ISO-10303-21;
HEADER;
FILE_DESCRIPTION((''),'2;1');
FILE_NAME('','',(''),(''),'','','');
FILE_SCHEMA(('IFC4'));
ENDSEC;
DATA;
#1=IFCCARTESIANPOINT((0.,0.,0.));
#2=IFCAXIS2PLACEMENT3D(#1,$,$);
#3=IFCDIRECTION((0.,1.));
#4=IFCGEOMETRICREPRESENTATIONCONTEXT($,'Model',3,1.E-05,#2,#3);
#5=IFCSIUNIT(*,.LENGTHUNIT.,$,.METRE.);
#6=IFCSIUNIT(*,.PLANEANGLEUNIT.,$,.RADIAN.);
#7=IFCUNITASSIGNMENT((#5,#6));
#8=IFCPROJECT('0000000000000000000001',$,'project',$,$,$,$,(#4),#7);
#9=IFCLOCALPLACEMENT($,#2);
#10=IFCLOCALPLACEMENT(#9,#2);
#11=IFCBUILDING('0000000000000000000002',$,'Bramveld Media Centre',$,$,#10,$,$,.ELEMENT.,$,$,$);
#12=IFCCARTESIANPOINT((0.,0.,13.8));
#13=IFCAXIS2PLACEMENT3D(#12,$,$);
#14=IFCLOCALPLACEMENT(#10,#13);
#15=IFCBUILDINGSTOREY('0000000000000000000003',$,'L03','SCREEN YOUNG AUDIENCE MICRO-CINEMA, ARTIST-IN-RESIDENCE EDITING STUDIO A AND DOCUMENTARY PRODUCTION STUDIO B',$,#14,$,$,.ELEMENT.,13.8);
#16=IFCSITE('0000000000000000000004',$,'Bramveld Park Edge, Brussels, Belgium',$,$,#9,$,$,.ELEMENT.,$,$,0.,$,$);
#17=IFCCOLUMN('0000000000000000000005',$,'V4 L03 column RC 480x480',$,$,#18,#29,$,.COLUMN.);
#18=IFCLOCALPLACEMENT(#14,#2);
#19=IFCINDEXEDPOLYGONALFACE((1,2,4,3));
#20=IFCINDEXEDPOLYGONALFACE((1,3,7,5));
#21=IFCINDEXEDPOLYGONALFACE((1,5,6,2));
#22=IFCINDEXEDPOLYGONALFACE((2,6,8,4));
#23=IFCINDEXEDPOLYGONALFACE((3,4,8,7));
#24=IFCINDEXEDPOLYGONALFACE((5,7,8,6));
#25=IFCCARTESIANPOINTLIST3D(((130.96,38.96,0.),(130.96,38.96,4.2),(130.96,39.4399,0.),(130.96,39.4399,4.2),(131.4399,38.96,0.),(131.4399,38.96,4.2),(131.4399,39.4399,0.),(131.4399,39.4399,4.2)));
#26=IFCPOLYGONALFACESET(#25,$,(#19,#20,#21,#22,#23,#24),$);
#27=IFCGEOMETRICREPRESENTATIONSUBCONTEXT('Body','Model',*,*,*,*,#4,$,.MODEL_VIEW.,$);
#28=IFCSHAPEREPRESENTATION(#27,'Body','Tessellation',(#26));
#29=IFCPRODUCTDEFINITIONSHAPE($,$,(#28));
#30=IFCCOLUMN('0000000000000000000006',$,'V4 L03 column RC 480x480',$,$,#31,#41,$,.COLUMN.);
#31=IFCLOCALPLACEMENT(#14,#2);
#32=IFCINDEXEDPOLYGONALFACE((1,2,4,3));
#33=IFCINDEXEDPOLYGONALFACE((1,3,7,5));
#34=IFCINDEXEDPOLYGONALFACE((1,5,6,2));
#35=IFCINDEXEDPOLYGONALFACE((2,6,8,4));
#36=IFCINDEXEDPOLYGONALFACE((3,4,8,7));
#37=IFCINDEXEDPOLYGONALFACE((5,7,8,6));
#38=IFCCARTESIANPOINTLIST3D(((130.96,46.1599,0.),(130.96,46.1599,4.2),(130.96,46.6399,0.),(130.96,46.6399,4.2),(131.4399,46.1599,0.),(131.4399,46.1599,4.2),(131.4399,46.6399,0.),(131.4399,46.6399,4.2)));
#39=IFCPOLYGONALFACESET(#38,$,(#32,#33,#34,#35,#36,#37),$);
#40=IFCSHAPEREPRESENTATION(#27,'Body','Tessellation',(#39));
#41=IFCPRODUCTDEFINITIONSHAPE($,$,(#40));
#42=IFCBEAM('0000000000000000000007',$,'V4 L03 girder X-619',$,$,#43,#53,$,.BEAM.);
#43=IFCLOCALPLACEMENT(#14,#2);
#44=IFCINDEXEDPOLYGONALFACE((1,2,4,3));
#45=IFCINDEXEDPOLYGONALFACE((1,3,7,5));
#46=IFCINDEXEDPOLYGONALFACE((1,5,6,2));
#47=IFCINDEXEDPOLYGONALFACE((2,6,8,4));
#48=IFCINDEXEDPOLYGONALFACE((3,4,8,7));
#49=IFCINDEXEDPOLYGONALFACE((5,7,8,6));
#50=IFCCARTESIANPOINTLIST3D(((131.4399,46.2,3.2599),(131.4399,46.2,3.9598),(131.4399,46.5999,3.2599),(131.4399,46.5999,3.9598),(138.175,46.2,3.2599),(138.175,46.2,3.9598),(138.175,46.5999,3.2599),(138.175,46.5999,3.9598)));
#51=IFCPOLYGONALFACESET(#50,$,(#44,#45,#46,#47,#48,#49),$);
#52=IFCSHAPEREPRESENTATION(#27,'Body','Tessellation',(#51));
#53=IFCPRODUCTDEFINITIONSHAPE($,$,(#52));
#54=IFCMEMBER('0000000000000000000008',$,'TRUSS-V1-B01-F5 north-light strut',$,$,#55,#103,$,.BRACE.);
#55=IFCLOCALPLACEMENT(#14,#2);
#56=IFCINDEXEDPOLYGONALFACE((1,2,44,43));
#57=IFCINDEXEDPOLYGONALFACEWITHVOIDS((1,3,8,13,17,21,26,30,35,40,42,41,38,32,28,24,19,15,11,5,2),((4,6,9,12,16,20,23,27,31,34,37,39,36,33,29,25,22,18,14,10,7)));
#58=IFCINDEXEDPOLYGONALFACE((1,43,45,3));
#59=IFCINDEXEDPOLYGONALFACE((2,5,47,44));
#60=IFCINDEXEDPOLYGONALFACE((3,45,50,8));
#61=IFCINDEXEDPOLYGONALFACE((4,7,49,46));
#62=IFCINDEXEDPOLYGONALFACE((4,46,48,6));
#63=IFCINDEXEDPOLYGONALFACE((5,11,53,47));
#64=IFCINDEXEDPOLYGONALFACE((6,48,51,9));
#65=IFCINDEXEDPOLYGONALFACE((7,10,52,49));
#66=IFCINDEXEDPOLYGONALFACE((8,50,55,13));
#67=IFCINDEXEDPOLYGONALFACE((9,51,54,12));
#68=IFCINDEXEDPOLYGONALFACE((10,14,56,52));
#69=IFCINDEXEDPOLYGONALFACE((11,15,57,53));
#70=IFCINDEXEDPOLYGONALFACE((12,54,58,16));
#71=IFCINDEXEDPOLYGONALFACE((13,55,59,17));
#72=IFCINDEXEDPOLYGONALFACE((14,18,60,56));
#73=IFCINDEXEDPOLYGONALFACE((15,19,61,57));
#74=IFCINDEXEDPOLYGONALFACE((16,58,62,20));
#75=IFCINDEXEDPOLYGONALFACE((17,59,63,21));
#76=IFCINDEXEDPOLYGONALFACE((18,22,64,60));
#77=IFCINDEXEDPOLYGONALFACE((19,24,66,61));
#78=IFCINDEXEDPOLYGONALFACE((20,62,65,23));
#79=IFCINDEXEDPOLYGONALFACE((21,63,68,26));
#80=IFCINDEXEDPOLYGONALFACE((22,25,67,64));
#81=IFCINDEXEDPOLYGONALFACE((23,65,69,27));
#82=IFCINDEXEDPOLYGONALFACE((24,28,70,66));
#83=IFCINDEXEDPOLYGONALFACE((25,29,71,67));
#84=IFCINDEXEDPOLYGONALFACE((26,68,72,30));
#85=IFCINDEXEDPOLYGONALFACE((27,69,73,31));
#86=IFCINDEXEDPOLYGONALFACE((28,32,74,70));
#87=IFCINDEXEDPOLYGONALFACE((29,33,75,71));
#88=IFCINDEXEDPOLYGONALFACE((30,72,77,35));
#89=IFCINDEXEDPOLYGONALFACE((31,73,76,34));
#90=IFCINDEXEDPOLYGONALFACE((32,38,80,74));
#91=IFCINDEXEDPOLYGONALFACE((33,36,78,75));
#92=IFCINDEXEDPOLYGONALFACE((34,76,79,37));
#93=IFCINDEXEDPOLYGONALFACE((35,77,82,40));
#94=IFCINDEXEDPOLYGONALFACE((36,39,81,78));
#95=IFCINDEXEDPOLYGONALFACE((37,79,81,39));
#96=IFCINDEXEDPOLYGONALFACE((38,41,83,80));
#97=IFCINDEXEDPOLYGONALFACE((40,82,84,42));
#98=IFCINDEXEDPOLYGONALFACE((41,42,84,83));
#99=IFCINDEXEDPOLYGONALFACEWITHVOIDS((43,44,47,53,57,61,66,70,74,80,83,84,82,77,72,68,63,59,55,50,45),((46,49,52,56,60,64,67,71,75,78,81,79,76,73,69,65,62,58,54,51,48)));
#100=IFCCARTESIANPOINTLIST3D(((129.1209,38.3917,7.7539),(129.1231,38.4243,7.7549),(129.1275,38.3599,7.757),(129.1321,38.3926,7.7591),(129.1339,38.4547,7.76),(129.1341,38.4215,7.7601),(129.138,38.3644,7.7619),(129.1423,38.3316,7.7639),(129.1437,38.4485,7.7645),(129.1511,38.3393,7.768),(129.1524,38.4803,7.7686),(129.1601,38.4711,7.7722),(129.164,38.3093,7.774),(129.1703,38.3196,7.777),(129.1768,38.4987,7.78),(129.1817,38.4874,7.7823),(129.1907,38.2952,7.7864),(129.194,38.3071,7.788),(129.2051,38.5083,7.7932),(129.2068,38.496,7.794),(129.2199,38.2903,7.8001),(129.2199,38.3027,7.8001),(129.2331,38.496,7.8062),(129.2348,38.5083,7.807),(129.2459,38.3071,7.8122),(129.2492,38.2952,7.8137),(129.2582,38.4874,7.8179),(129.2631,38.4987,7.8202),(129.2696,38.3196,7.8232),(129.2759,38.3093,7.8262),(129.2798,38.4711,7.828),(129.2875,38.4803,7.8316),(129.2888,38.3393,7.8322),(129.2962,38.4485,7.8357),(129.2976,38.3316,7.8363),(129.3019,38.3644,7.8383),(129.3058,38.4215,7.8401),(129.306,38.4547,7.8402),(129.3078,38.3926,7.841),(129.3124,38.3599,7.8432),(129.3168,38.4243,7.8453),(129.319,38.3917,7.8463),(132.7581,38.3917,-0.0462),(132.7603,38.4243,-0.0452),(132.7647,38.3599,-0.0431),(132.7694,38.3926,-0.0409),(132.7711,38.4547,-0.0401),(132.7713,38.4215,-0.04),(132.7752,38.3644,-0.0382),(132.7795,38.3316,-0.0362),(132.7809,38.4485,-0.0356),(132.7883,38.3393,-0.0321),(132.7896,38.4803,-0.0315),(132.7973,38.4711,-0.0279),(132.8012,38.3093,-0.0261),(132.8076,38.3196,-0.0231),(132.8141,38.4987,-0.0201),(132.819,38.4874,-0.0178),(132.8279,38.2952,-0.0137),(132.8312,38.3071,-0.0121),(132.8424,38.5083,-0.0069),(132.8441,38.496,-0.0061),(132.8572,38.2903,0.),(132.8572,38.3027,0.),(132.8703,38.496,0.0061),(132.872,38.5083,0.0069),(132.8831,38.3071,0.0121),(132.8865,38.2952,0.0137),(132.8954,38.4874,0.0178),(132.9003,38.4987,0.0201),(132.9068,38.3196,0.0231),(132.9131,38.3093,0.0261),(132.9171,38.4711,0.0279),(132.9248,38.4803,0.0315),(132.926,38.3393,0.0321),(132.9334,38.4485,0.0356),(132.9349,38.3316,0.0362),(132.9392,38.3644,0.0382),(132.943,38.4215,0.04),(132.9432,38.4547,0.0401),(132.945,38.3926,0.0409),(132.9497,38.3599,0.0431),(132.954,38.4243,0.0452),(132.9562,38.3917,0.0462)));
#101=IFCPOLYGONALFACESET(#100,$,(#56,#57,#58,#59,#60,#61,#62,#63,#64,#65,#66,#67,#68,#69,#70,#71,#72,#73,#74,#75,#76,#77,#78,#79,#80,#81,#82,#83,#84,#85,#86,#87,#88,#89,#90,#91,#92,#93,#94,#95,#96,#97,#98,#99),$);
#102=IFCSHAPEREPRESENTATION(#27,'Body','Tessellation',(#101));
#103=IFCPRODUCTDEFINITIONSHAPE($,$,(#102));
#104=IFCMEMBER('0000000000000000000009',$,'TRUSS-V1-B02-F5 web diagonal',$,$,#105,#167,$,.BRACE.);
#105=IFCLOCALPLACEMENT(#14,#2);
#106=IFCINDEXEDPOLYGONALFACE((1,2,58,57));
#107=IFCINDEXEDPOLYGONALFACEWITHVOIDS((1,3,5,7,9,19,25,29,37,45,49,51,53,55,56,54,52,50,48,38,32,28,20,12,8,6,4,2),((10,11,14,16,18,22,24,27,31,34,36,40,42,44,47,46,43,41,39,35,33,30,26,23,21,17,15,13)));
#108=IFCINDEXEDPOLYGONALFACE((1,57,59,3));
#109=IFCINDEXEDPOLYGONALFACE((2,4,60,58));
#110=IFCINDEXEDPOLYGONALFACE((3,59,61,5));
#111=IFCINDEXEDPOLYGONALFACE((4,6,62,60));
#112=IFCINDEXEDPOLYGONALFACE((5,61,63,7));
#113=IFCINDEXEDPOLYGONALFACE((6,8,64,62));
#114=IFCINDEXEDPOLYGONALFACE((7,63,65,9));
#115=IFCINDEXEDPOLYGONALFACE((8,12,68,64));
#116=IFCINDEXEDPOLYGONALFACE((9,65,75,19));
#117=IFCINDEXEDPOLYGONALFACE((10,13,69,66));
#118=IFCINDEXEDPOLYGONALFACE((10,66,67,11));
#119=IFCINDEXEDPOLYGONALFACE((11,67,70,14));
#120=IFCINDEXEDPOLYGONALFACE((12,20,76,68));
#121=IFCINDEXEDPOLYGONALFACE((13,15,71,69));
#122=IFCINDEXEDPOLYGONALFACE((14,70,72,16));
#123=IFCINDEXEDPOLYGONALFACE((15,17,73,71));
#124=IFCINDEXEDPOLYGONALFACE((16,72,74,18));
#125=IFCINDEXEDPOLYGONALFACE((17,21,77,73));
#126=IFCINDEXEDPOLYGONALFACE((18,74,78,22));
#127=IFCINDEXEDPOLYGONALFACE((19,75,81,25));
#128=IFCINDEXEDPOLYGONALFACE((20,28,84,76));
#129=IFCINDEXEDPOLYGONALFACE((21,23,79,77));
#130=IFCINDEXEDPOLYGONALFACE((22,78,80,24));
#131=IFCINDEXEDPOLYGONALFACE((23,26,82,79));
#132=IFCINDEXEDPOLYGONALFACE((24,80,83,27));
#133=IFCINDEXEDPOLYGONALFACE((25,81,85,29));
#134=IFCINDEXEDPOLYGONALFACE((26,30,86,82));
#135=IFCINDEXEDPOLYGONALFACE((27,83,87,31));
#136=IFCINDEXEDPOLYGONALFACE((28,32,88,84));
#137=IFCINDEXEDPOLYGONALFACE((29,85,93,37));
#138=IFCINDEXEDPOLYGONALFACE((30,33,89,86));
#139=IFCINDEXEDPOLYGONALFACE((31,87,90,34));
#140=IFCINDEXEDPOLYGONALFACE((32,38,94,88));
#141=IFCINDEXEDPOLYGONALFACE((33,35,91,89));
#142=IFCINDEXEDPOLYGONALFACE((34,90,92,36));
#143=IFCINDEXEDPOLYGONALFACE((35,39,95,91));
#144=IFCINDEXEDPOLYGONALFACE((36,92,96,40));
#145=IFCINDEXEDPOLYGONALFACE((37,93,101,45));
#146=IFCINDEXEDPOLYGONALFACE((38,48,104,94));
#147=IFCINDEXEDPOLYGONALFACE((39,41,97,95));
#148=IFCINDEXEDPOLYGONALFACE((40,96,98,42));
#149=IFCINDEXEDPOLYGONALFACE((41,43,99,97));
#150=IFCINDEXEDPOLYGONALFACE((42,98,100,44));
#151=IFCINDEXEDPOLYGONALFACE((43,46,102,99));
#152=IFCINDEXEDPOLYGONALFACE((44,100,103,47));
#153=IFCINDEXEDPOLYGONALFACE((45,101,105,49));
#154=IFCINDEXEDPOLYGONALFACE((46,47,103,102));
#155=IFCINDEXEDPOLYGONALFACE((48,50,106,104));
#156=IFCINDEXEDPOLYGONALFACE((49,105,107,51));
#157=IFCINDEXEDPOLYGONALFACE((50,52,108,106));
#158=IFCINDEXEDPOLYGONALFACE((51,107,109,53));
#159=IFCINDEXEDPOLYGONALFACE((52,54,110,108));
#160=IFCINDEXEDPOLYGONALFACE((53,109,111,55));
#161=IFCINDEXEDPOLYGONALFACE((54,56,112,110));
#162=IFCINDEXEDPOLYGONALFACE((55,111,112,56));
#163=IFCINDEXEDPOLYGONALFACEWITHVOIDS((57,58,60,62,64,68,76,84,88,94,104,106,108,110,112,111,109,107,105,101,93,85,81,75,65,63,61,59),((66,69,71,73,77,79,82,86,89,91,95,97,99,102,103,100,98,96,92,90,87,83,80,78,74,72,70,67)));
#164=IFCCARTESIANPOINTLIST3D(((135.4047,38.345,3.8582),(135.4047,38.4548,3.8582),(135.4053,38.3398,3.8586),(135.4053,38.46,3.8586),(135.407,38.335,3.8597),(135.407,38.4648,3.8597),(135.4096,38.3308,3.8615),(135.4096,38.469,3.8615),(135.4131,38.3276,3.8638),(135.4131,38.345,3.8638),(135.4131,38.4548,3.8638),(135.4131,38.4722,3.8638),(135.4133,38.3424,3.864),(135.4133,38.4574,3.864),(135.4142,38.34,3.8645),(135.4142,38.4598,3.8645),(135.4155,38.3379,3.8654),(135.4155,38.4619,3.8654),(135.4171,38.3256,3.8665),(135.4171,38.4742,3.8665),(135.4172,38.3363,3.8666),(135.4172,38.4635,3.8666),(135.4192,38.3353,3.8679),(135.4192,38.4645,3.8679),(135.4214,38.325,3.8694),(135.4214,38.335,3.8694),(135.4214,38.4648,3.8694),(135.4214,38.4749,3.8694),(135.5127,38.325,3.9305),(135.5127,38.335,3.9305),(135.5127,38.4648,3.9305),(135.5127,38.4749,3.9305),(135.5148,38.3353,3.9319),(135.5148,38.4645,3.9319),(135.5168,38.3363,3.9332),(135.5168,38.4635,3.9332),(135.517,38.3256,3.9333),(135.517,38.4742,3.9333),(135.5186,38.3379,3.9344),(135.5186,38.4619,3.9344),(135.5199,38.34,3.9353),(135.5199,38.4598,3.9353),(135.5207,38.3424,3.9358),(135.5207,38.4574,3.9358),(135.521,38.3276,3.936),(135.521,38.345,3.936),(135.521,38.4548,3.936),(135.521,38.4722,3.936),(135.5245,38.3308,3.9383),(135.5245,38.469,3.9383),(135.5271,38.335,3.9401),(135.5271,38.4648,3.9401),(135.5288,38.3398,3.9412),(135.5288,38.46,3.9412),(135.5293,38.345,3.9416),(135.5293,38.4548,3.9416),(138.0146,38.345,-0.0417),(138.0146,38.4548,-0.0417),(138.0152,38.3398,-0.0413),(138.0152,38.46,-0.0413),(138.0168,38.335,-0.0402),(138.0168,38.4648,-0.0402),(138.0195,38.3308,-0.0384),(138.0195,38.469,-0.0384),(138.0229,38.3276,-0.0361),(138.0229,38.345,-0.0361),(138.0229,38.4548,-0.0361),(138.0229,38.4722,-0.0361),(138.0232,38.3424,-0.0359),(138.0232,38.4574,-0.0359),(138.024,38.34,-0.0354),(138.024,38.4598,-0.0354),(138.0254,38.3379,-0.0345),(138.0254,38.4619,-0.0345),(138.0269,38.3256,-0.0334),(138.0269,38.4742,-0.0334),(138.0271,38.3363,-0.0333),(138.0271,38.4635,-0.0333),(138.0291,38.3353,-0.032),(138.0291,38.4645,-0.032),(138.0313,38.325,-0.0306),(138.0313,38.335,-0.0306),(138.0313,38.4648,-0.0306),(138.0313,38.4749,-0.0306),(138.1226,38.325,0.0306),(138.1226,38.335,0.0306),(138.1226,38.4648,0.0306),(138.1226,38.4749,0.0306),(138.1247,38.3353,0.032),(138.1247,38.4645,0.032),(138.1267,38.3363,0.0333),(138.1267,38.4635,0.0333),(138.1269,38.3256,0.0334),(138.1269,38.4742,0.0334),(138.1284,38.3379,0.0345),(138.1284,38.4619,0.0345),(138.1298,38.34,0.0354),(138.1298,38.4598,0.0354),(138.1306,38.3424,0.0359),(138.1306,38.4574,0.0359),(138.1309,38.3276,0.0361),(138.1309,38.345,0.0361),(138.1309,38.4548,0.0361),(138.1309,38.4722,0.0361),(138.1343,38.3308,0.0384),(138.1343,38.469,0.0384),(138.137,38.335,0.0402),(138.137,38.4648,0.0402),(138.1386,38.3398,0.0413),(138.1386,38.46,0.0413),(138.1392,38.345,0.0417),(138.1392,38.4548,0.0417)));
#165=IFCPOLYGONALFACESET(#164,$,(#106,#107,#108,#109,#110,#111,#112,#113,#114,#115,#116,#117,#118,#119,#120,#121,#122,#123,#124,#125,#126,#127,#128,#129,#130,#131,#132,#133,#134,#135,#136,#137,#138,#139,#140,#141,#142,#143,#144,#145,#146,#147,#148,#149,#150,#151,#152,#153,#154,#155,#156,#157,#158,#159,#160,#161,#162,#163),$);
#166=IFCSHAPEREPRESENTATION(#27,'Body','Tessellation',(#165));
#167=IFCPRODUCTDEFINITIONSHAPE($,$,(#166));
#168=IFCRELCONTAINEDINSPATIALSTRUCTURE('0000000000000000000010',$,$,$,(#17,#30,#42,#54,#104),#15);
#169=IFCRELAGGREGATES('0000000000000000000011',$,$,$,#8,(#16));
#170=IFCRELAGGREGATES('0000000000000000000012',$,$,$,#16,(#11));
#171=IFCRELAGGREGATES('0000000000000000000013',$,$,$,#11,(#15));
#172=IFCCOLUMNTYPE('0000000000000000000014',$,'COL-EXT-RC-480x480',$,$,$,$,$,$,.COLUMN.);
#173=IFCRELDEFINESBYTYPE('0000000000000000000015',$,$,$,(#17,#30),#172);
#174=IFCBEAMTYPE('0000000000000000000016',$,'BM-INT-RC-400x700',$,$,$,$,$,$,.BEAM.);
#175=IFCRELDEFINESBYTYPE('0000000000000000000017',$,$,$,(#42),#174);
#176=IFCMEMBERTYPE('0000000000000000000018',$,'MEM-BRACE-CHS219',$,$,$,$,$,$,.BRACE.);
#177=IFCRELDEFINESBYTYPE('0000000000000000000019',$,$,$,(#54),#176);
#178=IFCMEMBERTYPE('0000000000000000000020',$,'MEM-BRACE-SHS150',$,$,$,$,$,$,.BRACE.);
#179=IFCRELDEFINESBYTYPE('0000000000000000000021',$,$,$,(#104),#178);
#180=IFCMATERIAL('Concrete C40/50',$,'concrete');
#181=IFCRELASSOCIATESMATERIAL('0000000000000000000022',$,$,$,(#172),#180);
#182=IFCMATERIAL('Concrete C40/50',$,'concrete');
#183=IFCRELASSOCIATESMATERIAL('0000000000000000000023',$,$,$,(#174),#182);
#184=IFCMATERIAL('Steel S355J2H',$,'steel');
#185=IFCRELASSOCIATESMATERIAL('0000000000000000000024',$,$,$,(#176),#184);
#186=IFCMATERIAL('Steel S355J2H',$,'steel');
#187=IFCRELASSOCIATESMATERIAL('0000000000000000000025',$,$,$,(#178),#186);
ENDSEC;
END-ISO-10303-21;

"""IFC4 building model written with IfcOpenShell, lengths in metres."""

from ifc_helpers import new_model, si_unit, direction, frame, origin, origin_2d, place, context, subcontext, project, spatial, rectangle, hollow_rectangle, hollow_circle, extrude, material, material_profile, profile_set, type_object, element, save


model = new_model("IFC4")

# Units and contexts
model_context = context("Model", 3, precision=1e-05, world=origin(), true_north=direction((0.0, 1.0)))
body_context = subcontext(model_context, "Body", "Model", "MODEL_VIEW")
ifc_project = project(units=[si_unit("LENGTHUNIT", "METRE"), si_unit("PLANEANGLEUNIT", "RADIAN")], contexts=[model_context])

# Site, building, storey
site_placement = place(None, origin())
site = spatial("IfcSite", under=ifc_project, at=site_placement, Name="Bramveld Park Edge, Brussels, Belgium", CompositionType="ELEMENT", RefElevation=0.0)
building_placement = place(site_placement, origin())
building = spatial("IfcBuilding", under=site, at=building_placement, Name="Bramveld Media Centre", CompositionType="ELEMENT")
storey_placement = place(building_placement, frame((0.0, 0.0, 13.8)))
storey = spatial("IfcBuildingStorey", under=building, at=storey_placement, Name="L03", Description="SCREEN YOUNG AUDIENCE MICRO-CINEMA, ARTIST-IN-RESIDENCE EDITING STUDIO A AND DOCUMENTARY PRODUCTION STUDIO B", CompositionType="ELEMENT", Elevation=13.8)

# Columns
ifc_material_1 = material(Name="Concrete C40/50", Category="concrete")
ifc_material_profile_1 = material_profile(ifc_material_1, rectangle(XDim=0.48, YDim=0.48, at=origin_2d()), Name="RC 480x480")
ifc_profile_set_1 = profile_set([ifc_material_profile_1], Name="Concrete C40/50")
column_type = type_object("IfcColumnType", Name="COL-EXT-RC-480x480", PredefinedType="COLUMN", material=ifc_profile_set_1)
for number, where, z_axis, x_axis, name in (
    (1, (131.2, 39.2, 0.0), (0.0, 0.0, 1.0), (1.0, 0.0, 0.0), "V4 L03 column RC 480x480"),
    (2, (131.2, 46.3999, 0.0), (0.0, 0.0, 1.0), (1.0, 0.0, 0.0), "V4 L03 column RC 480x480"),
):
    element("IfcColumn", number, at=place(storey_placement, frame(where, z_axis=z_axis, x_axis=x_axis)), inside=storey, type_object=column_type, Name=name, PredefinedType="COLUMN", context=body_context, shape_type="SweptSolid", body=[
        extrude(rectangle(XDim=0.48, YDim=0.48, at=origin_2d()), origin(), (0.0, 0.0, 1.0), 4.2),
    ])

# Beam
ifc_material_2 = material(Name="Concrete C40/50", Category="concrete")
ifc_material_profile_2 = material_profile(ifc_material_2, rectangle(XDim=0.3999, YDim=0.7, at=origin_2d()), Name="RC 400x700")
ifc_profile_set_2 = profile_set([ifc_material_profile_2], Name="Concrete C40/50")
beam_type_1 = type_object("IfcBeamType", Name="BM-INT-RC-400x700", PredefinedType="BEAM", material=ifc_profile_set_2)
beam_1_placement = place(storey_placement, frame((131.4399, 46.3999, 3.6099), z_axis=(1.0, 0.0, 0.0), x_axis=(0.0, 1.0, 0.0)))
element("IfcBeam", 3, at=beam_1_placement, inside=storey, type_object=beam_type_1, Name="V4 L03 girder X-619", PredefinedType="BEAM", context=body_context, shape_type="SweptSolid", body=[
    extrude(rectangle(XDim=0.3999, YDim=0.7, at=origin_2d()), origin(), (0.0, 0.0, 1.0), 6.7351),
])

# Members
ifc_material_3 = material(Name="Steel S355J2H", Category="steel")
ifc_material_profile_3 = material_profile(ifc_material_3, hollow_circle(Radius=0.1096, WallThickness=0.0125, at=origin_2d()), Name="CHS 219.1x12.5")
ifc_profile_set_3 = profile_set([ifc_material_profile_3], Name="Steel S355J2H")
member_type_1 = type_object("IfcMemberType", Name="MEM-BRACE-CHS219", PredefinedType="BRACE", material=ifc_profile_set_3)
member_1_placement = place(storey_placement, frame((132.8572, 38.3999, 0.0), z_axis=(-0.422617, 0.0, 0.906308), x_axis=(0.0, -1.0, 0.0)))
element("IfcMember", 4, at=member_1_placement, inside=storey, type_object=member_type_1, Name="TRUSS-V1-B01-F5 north-light strut", PredefinedType="BRACE", context=body_context, shape_type="SweptSolid", body=[
    extrude(hollow_circle(Radius=0.1096, WallThickness=0.0125, at=origin_2d()), origin(), (0.0, 0.0, 1.0), 8.6064),
])
ifc_material_4 = material(Name="Steel S355J2H", Category="steel")
ifc_material_profile_4 = material_profile(ifc_material_4, hollow_rectangle(XDim=0.1499, YDim=0.1499, WallThickness=0.01, InnerFilletRadius=0.01, OuterFilletRadius=0.02, at=origin_2d()), Name="SHS 150x150x10")
ifc_profile_set_4 = profile_set([ifc_material_profile_4], Name="Steel S355J2H")
member_type_2 = type_object("IfcMemberType", Name="MEM-BRACE-SHS150", PredefinedType="BRACE", material=ifc_profile_set_4)
member_2_placement = place(storey_placement, frame((138.0769, 38.3999, 0.0), z_axis=(-0.556164, 0.0, 0.831073), x_axis=(0.0, -1.0, 0.0)))
element("IfcMember", 5, at=member_2_placement, inside=storey, type_object=member_type_2, Name="TRUSS-V1-B02-F5 web diagonal", PredefinedType="BRACE", context=body_context, shape_type="SweptSolid", body=[
    extrude(hollow_rectangle(XDim=0.1499, YDim=0.1499, WallThickness=0.01, InnerFilletRadius=0.01, OuterFilletRadius=0.02, at=origin_2d()), origin(), (0.0, 0.0, 1.0), 4.6926),
])

save(model, "model.ifc")
